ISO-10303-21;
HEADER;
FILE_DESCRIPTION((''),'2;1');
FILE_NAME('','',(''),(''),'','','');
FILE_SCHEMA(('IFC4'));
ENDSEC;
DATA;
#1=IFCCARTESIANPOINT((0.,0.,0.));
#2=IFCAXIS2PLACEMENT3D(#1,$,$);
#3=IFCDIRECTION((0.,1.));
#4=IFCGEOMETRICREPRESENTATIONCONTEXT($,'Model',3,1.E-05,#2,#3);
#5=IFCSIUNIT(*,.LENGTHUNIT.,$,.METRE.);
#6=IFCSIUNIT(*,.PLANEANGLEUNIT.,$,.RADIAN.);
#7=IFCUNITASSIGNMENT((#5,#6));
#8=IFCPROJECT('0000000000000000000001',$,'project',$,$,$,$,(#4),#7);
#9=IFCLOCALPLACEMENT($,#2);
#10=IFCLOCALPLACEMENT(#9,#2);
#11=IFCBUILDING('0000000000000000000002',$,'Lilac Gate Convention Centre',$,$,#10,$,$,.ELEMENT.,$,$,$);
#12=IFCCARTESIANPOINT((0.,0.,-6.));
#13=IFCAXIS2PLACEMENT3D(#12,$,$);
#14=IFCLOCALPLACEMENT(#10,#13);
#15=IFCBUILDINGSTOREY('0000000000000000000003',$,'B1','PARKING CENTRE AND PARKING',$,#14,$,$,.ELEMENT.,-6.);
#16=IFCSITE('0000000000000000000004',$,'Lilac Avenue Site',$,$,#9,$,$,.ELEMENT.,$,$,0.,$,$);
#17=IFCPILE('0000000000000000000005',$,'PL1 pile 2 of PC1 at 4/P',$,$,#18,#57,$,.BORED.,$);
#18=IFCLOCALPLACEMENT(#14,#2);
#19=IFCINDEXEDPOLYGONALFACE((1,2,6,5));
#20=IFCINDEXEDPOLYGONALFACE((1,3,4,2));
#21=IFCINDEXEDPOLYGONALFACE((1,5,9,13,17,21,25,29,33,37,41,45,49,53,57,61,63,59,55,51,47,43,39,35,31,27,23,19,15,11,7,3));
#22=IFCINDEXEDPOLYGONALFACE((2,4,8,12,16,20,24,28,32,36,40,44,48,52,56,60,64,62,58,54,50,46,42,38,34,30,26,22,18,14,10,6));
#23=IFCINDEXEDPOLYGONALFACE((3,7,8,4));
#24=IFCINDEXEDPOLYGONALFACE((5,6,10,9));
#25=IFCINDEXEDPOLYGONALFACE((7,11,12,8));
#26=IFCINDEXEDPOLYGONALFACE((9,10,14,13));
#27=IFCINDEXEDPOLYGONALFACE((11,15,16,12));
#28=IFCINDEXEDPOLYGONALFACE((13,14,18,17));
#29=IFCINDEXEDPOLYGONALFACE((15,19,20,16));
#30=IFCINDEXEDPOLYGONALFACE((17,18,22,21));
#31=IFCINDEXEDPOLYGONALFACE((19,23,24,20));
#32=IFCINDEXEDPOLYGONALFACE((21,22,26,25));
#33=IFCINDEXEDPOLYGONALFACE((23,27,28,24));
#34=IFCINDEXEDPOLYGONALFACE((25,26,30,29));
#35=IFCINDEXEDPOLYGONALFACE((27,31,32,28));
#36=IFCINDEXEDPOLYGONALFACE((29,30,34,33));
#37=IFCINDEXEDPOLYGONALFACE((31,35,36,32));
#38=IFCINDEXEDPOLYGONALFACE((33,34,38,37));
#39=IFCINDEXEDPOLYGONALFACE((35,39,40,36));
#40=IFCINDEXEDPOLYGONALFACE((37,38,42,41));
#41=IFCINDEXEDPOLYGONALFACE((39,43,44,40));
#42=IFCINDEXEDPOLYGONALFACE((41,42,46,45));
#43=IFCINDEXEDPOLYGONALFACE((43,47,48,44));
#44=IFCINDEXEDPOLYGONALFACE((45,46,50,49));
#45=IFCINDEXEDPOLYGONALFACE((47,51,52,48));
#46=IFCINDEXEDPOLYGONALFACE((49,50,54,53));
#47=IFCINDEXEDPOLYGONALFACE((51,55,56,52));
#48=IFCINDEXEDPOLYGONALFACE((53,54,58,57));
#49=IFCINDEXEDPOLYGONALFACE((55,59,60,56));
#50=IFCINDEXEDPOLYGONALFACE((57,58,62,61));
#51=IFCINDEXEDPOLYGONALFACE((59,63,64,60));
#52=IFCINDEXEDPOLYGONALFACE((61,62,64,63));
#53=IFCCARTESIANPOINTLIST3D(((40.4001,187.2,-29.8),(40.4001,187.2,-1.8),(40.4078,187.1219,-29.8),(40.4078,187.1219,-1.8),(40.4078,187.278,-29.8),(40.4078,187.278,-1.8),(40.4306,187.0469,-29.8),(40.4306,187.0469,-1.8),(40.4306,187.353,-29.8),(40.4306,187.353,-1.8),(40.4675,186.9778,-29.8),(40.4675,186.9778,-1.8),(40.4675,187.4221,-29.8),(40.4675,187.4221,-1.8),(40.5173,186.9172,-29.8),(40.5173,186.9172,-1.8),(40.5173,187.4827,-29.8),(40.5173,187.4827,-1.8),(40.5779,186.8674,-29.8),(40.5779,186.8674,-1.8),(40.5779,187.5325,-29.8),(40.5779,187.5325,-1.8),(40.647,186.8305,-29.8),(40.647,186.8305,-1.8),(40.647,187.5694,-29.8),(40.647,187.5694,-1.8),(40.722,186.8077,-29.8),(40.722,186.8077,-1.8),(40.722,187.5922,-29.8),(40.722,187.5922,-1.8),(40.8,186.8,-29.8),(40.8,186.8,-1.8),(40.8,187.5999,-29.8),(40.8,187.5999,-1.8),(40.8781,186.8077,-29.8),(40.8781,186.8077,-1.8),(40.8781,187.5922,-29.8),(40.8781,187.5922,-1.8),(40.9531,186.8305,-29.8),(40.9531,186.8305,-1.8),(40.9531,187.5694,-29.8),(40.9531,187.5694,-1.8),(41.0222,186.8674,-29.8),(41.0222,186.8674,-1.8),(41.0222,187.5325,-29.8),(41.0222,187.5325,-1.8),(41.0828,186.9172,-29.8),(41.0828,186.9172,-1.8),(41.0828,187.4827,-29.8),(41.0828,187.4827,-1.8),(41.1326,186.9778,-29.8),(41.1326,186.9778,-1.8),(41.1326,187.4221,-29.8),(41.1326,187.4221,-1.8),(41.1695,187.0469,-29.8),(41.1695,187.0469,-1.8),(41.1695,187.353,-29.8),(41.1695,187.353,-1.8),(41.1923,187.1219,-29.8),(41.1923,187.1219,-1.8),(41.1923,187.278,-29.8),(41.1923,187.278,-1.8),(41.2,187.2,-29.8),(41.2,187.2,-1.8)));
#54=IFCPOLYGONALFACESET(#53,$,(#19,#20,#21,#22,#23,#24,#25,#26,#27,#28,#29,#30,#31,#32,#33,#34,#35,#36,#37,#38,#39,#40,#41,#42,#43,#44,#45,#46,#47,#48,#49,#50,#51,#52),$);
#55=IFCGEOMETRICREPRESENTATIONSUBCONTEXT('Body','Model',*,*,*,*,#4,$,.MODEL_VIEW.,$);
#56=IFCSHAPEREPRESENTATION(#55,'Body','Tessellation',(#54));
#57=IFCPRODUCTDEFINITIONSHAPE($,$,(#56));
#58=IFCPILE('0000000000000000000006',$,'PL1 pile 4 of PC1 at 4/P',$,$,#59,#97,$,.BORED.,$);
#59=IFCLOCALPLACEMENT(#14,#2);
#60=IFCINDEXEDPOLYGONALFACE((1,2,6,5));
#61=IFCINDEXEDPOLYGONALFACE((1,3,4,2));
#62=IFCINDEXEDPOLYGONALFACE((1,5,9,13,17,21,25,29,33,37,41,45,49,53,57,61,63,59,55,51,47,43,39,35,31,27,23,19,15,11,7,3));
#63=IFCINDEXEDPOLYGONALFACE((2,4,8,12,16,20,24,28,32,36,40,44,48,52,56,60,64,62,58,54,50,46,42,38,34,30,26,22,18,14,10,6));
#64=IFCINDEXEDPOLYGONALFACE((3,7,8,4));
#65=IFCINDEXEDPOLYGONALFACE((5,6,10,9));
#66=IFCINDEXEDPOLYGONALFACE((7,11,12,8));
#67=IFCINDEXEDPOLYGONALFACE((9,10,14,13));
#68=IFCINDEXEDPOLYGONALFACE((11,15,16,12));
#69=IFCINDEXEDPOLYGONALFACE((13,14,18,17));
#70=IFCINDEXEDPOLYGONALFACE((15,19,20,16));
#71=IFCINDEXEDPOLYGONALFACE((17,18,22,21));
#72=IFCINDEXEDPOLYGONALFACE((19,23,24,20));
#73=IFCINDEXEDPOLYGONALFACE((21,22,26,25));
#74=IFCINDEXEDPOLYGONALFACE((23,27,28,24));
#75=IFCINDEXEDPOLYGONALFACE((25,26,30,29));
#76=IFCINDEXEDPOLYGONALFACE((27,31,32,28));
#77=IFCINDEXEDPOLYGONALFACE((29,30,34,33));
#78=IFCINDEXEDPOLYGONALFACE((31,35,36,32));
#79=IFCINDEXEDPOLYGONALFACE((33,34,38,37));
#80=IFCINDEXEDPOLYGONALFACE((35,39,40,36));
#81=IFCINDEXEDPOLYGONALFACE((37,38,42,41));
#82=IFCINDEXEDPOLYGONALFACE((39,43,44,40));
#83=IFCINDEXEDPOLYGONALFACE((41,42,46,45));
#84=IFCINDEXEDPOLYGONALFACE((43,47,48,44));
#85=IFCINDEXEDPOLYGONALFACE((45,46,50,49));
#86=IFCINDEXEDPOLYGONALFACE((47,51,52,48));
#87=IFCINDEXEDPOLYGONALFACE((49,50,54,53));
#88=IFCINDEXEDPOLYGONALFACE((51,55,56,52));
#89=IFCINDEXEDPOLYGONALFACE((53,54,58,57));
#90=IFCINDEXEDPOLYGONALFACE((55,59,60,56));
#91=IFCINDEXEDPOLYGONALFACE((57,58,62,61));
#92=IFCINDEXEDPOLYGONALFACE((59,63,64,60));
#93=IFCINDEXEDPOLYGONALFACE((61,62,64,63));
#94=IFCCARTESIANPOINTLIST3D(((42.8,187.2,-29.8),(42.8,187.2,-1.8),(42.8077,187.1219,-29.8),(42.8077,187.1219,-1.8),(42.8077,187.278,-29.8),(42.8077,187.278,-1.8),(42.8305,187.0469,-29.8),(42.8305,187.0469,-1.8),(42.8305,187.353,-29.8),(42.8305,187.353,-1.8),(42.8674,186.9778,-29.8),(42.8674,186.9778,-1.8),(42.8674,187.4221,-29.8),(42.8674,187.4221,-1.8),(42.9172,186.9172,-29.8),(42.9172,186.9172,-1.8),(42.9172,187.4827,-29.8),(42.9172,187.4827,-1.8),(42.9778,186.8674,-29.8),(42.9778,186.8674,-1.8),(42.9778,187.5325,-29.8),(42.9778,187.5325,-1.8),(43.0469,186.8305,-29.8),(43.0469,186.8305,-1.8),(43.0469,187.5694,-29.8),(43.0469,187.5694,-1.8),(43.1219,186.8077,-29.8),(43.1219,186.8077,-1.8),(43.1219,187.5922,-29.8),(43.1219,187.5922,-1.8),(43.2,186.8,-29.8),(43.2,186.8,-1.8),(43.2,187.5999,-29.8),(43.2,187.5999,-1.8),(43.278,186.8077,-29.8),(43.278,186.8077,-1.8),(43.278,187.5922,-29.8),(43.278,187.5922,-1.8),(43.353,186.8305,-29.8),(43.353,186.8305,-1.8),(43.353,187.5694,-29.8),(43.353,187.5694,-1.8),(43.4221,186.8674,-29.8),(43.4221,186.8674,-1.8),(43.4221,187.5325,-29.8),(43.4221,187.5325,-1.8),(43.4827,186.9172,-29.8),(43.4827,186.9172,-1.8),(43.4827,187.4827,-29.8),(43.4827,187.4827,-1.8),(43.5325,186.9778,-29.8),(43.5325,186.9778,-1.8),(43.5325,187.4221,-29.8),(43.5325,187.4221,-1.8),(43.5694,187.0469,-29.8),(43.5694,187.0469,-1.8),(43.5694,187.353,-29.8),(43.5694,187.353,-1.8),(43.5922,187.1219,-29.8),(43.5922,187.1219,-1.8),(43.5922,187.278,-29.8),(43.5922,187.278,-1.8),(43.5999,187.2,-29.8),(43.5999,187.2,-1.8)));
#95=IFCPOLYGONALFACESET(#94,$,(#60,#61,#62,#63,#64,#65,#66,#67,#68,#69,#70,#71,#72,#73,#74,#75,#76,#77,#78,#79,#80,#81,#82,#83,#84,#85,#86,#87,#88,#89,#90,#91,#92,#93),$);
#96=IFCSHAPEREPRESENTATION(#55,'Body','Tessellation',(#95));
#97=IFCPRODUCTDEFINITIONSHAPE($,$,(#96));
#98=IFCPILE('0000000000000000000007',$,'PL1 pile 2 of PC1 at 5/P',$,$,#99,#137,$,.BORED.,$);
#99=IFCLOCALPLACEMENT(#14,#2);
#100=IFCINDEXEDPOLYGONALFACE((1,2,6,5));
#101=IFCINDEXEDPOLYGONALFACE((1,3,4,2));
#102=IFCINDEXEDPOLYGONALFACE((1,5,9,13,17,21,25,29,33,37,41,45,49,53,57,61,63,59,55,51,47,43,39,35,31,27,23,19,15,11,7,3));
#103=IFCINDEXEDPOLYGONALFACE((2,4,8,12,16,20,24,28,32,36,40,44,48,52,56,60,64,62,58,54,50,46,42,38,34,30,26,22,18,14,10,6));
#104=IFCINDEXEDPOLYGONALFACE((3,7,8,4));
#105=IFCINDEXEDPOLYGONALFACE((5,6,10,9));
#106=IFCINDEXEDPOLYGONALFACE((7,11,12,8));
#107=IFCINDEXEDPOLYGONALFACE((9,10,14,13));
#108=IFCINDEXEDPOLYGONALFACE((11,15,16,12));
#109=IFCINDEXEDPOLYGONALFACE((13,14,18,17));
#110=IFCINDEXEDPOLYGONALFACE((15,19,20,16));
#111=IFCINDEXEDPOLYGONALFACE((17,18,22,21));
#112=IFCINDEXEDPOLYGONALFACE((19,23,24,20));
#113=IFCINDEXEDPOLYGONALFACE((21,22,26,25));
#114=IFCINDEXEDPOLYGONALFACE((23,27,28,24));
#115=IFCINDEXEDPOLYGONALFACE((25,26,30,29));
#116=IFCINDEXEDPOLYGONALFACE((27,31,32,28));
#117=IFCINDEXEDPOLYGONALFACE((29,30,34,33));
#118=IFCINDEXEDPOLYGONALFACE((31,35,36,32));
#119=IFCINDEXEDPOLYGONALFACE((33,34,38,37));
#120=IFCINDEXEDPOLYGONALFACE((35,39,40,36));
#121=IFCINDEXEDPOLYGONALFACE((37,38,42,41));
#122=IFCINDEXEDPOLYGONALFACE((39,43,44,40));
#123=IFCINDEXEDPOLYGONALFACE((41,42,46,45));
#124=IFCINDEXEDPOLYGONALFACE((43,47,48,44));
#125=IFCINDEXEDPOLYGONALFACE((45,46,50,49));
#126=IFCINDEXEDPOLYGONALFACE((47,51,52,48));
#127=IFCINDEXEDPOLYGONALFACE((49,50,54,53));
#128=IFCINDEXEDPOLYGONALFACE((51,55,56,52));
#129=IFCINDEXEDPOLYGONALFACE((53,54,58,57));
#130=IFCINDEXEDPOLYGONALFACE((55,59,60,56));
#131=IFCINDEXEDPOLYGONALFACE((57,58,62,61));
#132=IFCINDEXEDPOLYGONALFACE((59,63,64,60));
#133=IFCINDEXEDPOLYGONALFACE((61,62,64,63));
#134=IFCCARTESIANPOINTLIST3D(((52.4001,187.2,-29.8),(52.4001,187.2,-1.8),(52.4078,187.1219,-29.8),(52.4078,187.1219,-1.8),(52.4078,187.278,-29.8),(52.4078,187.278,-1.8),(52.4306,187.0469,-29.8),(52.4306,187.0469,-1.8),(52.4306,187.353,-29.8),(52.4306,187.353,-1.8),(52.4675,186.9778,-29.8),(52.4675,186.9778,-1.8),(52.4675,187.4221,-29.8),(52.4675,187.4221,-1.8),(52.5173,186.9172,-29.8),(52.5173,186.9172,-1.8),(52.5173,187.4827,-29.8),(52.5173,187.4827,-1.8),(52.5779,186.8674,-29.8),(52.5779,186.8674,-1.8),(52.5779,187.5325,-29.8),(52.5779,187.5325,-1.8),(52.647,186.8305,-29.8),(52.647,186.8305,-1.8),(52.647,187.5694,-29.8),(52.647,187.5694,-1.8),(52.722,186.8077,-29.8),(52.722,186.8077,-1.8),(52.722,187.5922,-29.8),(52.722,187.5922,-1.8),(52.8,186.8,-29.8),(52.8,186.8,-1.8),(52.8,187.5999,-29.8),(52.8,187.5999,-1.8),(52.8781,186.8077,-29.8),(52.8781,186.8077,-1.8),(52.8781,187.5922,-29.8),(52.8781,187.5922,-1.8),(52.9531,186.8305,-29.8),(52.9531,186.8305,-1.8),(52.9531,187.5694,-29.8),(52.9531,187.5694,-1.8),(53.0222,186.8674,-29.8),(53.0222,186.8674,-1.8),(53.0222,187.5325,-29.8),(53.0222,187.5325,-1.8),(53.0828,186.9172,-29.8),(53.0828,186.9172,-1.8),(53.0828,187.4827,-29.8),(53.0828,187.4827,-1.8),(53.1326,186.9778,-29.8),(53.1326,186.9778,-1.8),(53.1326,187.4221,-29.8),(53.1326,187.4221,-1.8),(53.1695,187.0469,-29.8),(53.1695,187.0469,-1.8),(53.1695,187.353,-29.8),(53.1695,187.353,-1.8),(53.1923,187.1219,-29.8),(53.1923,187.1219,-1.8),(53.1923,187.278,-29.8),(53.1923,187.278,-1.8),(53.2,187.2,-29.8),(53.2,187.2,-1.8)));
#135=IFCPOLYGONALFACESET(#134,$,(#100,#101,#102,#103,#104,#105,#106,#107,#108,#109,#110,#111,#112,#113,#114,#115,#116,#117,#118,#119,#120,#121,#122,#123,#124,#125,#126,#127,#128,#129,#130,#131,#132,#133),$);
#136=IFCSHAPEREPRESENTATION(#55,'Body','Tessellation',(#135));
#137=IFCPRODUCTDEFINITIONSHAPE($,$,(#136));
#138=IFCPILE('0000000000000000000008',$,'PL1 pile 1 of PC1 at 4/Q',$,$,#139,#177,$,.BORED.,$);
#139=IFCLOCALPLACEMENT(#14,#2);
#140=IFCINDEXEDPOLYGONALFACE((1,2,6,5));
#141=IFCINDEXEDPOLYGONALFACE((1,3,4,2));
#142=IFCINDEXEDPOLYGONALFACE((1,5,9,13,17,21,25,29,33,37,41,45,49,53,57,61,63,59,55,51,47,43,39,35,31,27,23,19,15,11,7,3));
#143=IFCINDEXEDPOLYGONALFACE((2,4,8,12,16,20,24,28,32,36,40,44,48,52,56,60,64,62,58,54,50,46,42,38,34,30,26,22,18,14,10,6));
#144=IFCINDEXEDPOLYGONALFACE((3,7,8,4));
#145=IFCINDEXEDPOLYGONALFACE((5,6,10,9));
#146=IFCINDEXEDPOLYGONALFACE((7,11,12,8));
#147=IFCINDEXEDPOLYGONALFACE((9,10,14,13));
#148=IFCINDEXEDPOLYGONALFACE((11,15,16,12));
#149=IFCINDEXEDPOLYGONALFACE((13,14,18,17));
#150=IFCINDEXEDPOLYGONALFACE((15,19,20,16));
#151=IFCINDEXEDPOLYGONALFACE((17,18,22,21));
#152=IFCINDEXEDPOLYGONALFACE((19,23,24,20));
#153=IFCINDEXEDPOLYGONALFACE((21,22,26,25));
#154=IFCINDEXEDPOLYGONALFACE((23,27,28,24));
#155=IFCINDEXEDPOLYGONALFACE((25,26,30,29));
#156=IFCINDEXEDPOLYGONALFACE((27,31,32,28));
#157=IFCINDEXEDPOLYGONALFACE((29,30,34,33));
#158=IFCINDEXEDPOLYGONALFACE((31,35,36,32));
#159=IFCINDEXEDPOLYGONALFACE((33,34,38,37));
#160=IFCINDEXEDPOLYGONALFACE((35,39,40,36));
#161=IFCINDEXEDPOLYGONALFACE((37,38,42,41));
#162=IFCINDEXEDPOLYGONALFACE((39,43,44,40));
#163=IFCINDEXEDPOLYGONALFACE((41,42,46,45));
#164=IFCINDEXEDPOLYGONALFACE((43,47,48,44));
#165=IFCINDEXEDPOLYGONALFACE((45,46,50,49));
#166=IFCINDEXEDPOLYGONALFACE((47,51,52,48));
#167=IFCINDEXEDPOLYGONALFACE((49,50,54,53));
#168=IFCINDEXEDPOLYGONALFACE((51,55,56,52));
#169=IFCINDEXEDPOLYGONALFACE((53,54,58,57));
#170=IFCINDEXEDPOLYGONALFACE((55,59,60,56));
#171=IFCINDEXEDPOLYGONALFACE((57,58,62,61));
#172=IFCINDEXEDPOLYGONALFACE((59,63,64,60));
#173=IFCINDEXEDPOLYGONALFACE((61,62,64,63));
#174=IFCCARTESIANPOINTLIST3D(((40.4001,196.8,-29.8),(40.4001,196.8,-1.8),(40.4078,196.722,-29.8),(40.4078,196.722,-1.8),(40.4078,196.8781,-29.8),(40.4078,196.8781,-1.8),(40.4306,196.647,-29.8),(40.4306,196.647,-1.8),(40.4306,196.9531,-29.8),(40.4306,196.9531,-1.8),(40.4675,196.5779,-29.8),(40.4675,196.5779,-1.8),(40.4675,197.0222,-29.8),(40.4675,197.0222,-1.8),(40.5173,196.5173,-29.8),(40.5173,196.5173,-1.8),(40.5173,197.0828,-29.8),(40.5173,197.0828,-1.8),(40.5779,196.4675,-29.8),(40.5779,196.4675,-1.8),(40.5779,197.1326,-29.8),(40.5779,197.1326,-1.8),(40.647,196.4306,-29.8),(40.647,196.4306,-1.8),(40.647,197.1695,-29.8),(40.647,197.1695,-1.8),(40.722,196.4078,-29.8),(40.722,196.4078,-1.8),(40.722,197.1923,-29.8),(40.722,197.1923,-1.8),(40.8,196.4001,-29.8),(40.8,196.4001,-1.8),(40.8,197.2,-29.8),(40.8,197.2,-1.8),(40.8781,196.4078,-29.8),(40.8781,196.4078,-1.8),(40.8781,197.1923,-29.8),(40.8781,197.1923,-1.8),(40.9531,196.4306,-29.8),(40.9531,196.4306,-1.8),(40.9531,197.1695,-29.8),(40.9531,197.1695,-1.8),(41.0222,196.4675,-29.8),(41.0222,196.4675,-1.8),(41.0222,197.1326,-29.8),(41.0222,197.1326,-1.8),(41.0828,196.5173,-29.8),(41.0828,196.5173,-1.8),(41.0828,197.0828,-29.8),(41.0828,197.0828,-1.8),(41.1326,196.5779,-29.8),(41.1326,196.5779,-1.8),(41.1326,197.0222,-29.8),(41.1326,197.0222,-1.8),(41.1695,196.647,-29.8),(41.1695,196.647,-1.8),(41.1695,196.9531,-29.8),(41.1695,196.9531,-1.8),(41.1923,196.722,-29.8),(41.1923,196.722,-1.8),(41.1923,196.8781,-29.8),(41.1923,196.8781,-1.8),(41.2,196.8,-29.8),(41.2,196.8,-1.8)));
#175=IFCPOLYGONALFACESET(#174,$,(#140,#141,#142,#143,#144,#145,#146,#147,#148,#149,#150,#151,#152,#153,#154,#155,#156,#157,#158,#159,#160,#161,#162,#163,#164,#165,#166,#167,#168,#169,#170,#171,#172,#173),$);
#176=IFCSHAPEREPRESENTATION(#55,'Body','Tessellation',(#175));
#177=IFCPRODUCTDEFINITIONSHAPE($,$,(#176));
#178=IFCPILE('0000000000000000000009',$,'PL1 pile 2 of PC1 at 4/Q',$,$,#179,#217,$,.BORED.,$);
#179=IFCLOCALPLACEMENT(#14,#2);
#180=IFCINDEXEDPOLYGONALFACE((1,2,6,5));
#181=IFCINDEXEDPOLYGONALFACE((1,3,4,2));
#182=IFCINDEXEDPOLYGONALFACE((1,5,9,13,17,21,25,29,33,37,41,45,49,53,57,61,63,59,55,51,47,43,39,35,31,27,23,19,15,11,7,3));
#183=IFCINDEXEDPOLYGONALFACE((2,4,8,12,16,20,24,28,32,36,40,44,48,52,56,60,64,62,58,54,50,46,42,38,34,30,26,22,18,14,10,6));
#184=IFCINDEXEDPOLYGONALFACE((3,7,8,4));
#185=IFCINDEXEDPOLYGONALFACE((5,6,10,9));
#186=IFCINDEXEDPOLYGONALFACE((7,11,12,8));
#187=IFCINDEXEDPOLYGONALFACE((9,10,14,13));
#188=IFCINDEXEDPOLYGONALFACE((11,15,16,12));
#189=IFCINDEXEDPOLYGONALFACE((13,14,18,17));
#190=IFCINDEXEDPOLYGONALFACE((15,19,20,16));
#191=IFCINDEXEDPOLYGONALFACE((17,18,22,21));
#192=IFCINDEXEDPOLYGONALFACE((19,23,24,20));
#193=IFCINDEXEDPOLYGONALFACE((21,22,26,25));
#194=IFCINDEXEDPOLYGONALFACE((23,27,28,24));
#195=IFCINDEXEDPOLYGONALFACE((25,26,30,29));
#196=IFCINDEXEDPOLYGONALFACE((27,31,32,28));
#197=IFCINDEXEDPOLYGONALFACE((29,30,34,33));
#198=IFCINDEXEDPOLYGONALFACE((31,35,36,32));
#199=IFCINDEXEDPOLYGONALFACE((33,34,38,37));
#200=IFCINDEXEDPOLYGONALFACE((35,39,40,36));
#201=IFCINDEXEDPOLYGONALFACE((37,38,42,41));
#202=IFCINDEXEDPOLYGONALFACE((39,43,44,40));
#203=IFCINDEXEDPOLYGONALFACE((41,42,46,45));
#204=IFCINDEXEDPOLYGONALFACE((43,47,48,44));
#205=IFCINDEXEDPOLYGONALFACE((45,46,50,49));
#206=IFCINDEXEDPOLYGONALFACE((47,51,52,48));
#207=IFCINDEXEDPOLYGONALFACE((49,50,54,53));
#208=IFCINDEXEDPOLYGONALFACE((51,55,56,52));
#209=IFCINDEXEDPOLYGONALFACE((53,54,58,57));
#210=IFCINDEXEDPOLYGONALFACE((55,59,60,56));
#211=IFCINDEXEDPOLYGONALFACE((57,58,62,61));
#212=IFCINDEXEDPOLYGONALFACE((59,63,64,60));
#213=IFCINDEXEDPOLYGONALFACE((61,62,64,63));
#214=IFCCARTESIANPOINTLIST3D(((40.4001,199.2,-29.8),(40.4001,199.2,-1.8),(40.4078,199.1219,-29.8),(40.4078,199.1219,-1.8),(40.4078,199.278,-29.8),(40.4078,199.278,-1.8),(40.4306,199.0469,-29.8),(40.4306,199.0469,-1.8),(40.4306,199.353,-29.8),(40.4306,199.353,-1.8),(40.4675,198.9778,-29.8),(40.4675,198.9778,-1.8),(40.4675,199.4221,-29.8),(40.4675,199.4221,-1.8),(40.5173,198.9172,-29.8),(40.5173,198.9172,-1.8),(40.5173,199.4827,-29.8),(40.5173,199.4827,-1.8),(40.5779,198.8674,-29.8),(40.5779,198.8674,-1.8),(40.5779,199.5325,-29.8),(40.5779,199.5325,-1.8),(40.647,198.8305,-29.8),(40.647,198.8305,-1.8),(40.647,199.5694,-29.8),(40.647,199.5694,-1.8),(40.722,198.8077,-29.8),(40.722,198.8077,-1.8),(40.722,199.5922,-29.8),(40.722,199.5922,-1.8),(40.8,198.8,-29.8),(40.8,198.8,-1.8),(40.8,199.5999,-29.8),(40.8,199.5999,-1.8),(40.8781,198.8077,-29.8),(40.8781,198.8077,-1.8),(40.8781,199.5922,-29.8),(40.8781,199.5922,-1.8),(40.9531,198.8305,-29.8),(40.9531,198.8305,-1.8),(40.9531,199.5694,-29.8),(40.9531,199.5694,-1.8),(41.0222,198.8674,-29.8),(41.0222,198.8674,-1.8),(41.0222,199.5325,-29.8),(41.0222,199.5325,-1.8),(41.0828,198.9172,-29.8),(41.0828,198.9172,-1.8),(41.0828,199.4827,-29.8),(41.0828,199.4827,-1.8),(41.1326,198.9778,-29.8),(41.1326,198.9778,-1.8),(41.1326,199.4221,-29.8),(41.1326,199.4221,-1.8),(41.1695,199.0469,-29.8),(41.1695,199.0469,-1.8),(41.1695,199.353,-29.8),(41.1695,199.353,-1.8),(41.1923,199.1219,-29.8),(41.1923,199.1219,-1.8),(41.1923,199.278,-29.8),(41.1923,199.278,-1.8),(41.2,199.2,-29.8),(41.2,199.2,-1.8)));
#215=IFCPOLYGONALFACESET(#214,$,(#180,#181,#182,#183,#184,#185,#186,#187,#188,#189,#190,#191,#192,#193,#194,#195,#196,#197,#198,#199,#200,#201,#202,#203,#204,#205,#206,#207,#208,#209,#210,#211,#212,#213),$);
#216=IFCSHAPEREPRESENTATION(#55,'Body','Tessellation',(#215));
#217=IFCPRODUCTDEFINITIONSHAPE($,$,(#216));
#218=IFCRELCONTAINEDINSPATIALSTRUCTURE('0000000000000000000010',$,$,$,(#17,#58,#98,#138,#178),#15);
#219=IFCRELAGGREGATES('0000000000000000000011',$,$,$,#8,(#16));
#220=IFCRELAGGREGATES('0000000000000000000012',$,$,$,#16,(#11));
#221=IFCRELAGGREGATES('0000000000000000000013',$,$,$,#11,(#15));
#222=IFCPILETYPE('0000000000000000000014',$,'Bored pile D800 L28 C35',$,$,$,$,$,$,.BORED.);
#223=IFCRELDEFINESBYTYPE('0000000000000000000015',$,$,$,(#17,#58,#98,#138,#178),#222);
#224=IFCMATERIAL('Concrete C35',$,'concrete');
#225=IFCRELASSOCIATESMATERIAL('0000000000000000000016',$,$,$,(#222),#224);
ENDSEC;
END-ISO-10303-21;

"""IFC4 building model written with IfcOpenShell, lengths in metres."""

from ifc_helpers import new_model, si_unit, direction, frame, origin, origin_2d, place, context, subcontext, project, spatial, circle, extrude, material, material_profile, profile_set, type_object, element, save


model = new_model("IFC4")

# Units and contexts
model_context = context("Model", 3, precision=1e-05, world=origin(), true_north=direction((0.0, 1.0)))
body_context = subcontext(model_context, "Body", "Model", "MODEL_VIEW")
ifc_project = project(units=[si_unit("LENGTHUNIT", "METRE"), si_unit("PLANEANGLEUNIT", "RADIAN")], contexts=[model_context])

# Site, building, storey
site_placement = place(None, origin())
site = spatial("IfcSite", under=ifc_project, at=site_placement, Name="Lilac Avenue Site", CompositionType="ELEMENT", RefElevation=0.0)
building_placement = place(site_placement, origin())
building = spatial("IfcBuilding", under=site, at=building_placement, Name="Lilac Gate Convention Centre", CompositionType="ELEMENT")
storey_placement = place(building_placement, frame((0.0, 0.0, -6.0)))
storey = spatial("IfcBuildingStorey", under=building, at=storey_placement, Name="B1", Description="PARKING CENTRE AND PARKING", CompositionType="ELEMENT", Elevation=-6.0)

# Piles
ifc_material_1 = material(Name="Concrete C35", Category="concrete")
ifc_material_profile_1 = material_profile(ifc_material_1, circle(Radius=0.3999, at=origin_2d()), Name="D800")
ifc_profile_set_1 = profile_set([ifc_material_profile_1], Name="Concrete C35")
pile_type = type_object("IfcPileType", Name="Bored pile D800 L28 C35", PredefinedType="BORED", material=ifc_profile_set_1)
for number, where, z_axis, x_axis, name in (
    (1, (40.8, 187.2, -1.8), (0.0, 0.0, -1.0), (1.0, 0.0, 0.0), "PL1 pile 2 of PC1 at 4/P"),
    (2, (43.2, 187.2, -1.8), (0.0, 0.0, -1.0), (1.0, 0.0, 0.0), "PL1 pile 4 of PC1 at 4/P"),
    (3, (52.8, 187.2, -1.8), (0.0, 0.0, -1.0), (1.0, 0.0, 0.0), "PL1 pile 2 of PC1 at 5/P"),
    (4, (40.8, 196.8, -1.8), (0.0, 0.0, -1.0), (1.0, 0.0, 0.0), "PL1 pile 1 of PC1 at 4/Q"),
    (5, (40.8, 199.2, -1.8), (0.0, 0.0, -1.0), (1.0, 0.0, 0.0), "PL1 pile 2 of PC1 at 4/Q"),
):
    element("IfcPile", number, at=place(storey_placement, frame(where, z_axis=z_axis, x_axis=x_axis)), inside=storey, type_object=pile_type, Name=name, PredefinedType="BORED", context=body_context, shape_type="SweptSolid", body=[
        extrude(circle(Radius=0.3999, at=origin_2d()), origin(), (0.0, 0.0, 1.0), 28.0),
    ])

save(model, "model.ifc")
